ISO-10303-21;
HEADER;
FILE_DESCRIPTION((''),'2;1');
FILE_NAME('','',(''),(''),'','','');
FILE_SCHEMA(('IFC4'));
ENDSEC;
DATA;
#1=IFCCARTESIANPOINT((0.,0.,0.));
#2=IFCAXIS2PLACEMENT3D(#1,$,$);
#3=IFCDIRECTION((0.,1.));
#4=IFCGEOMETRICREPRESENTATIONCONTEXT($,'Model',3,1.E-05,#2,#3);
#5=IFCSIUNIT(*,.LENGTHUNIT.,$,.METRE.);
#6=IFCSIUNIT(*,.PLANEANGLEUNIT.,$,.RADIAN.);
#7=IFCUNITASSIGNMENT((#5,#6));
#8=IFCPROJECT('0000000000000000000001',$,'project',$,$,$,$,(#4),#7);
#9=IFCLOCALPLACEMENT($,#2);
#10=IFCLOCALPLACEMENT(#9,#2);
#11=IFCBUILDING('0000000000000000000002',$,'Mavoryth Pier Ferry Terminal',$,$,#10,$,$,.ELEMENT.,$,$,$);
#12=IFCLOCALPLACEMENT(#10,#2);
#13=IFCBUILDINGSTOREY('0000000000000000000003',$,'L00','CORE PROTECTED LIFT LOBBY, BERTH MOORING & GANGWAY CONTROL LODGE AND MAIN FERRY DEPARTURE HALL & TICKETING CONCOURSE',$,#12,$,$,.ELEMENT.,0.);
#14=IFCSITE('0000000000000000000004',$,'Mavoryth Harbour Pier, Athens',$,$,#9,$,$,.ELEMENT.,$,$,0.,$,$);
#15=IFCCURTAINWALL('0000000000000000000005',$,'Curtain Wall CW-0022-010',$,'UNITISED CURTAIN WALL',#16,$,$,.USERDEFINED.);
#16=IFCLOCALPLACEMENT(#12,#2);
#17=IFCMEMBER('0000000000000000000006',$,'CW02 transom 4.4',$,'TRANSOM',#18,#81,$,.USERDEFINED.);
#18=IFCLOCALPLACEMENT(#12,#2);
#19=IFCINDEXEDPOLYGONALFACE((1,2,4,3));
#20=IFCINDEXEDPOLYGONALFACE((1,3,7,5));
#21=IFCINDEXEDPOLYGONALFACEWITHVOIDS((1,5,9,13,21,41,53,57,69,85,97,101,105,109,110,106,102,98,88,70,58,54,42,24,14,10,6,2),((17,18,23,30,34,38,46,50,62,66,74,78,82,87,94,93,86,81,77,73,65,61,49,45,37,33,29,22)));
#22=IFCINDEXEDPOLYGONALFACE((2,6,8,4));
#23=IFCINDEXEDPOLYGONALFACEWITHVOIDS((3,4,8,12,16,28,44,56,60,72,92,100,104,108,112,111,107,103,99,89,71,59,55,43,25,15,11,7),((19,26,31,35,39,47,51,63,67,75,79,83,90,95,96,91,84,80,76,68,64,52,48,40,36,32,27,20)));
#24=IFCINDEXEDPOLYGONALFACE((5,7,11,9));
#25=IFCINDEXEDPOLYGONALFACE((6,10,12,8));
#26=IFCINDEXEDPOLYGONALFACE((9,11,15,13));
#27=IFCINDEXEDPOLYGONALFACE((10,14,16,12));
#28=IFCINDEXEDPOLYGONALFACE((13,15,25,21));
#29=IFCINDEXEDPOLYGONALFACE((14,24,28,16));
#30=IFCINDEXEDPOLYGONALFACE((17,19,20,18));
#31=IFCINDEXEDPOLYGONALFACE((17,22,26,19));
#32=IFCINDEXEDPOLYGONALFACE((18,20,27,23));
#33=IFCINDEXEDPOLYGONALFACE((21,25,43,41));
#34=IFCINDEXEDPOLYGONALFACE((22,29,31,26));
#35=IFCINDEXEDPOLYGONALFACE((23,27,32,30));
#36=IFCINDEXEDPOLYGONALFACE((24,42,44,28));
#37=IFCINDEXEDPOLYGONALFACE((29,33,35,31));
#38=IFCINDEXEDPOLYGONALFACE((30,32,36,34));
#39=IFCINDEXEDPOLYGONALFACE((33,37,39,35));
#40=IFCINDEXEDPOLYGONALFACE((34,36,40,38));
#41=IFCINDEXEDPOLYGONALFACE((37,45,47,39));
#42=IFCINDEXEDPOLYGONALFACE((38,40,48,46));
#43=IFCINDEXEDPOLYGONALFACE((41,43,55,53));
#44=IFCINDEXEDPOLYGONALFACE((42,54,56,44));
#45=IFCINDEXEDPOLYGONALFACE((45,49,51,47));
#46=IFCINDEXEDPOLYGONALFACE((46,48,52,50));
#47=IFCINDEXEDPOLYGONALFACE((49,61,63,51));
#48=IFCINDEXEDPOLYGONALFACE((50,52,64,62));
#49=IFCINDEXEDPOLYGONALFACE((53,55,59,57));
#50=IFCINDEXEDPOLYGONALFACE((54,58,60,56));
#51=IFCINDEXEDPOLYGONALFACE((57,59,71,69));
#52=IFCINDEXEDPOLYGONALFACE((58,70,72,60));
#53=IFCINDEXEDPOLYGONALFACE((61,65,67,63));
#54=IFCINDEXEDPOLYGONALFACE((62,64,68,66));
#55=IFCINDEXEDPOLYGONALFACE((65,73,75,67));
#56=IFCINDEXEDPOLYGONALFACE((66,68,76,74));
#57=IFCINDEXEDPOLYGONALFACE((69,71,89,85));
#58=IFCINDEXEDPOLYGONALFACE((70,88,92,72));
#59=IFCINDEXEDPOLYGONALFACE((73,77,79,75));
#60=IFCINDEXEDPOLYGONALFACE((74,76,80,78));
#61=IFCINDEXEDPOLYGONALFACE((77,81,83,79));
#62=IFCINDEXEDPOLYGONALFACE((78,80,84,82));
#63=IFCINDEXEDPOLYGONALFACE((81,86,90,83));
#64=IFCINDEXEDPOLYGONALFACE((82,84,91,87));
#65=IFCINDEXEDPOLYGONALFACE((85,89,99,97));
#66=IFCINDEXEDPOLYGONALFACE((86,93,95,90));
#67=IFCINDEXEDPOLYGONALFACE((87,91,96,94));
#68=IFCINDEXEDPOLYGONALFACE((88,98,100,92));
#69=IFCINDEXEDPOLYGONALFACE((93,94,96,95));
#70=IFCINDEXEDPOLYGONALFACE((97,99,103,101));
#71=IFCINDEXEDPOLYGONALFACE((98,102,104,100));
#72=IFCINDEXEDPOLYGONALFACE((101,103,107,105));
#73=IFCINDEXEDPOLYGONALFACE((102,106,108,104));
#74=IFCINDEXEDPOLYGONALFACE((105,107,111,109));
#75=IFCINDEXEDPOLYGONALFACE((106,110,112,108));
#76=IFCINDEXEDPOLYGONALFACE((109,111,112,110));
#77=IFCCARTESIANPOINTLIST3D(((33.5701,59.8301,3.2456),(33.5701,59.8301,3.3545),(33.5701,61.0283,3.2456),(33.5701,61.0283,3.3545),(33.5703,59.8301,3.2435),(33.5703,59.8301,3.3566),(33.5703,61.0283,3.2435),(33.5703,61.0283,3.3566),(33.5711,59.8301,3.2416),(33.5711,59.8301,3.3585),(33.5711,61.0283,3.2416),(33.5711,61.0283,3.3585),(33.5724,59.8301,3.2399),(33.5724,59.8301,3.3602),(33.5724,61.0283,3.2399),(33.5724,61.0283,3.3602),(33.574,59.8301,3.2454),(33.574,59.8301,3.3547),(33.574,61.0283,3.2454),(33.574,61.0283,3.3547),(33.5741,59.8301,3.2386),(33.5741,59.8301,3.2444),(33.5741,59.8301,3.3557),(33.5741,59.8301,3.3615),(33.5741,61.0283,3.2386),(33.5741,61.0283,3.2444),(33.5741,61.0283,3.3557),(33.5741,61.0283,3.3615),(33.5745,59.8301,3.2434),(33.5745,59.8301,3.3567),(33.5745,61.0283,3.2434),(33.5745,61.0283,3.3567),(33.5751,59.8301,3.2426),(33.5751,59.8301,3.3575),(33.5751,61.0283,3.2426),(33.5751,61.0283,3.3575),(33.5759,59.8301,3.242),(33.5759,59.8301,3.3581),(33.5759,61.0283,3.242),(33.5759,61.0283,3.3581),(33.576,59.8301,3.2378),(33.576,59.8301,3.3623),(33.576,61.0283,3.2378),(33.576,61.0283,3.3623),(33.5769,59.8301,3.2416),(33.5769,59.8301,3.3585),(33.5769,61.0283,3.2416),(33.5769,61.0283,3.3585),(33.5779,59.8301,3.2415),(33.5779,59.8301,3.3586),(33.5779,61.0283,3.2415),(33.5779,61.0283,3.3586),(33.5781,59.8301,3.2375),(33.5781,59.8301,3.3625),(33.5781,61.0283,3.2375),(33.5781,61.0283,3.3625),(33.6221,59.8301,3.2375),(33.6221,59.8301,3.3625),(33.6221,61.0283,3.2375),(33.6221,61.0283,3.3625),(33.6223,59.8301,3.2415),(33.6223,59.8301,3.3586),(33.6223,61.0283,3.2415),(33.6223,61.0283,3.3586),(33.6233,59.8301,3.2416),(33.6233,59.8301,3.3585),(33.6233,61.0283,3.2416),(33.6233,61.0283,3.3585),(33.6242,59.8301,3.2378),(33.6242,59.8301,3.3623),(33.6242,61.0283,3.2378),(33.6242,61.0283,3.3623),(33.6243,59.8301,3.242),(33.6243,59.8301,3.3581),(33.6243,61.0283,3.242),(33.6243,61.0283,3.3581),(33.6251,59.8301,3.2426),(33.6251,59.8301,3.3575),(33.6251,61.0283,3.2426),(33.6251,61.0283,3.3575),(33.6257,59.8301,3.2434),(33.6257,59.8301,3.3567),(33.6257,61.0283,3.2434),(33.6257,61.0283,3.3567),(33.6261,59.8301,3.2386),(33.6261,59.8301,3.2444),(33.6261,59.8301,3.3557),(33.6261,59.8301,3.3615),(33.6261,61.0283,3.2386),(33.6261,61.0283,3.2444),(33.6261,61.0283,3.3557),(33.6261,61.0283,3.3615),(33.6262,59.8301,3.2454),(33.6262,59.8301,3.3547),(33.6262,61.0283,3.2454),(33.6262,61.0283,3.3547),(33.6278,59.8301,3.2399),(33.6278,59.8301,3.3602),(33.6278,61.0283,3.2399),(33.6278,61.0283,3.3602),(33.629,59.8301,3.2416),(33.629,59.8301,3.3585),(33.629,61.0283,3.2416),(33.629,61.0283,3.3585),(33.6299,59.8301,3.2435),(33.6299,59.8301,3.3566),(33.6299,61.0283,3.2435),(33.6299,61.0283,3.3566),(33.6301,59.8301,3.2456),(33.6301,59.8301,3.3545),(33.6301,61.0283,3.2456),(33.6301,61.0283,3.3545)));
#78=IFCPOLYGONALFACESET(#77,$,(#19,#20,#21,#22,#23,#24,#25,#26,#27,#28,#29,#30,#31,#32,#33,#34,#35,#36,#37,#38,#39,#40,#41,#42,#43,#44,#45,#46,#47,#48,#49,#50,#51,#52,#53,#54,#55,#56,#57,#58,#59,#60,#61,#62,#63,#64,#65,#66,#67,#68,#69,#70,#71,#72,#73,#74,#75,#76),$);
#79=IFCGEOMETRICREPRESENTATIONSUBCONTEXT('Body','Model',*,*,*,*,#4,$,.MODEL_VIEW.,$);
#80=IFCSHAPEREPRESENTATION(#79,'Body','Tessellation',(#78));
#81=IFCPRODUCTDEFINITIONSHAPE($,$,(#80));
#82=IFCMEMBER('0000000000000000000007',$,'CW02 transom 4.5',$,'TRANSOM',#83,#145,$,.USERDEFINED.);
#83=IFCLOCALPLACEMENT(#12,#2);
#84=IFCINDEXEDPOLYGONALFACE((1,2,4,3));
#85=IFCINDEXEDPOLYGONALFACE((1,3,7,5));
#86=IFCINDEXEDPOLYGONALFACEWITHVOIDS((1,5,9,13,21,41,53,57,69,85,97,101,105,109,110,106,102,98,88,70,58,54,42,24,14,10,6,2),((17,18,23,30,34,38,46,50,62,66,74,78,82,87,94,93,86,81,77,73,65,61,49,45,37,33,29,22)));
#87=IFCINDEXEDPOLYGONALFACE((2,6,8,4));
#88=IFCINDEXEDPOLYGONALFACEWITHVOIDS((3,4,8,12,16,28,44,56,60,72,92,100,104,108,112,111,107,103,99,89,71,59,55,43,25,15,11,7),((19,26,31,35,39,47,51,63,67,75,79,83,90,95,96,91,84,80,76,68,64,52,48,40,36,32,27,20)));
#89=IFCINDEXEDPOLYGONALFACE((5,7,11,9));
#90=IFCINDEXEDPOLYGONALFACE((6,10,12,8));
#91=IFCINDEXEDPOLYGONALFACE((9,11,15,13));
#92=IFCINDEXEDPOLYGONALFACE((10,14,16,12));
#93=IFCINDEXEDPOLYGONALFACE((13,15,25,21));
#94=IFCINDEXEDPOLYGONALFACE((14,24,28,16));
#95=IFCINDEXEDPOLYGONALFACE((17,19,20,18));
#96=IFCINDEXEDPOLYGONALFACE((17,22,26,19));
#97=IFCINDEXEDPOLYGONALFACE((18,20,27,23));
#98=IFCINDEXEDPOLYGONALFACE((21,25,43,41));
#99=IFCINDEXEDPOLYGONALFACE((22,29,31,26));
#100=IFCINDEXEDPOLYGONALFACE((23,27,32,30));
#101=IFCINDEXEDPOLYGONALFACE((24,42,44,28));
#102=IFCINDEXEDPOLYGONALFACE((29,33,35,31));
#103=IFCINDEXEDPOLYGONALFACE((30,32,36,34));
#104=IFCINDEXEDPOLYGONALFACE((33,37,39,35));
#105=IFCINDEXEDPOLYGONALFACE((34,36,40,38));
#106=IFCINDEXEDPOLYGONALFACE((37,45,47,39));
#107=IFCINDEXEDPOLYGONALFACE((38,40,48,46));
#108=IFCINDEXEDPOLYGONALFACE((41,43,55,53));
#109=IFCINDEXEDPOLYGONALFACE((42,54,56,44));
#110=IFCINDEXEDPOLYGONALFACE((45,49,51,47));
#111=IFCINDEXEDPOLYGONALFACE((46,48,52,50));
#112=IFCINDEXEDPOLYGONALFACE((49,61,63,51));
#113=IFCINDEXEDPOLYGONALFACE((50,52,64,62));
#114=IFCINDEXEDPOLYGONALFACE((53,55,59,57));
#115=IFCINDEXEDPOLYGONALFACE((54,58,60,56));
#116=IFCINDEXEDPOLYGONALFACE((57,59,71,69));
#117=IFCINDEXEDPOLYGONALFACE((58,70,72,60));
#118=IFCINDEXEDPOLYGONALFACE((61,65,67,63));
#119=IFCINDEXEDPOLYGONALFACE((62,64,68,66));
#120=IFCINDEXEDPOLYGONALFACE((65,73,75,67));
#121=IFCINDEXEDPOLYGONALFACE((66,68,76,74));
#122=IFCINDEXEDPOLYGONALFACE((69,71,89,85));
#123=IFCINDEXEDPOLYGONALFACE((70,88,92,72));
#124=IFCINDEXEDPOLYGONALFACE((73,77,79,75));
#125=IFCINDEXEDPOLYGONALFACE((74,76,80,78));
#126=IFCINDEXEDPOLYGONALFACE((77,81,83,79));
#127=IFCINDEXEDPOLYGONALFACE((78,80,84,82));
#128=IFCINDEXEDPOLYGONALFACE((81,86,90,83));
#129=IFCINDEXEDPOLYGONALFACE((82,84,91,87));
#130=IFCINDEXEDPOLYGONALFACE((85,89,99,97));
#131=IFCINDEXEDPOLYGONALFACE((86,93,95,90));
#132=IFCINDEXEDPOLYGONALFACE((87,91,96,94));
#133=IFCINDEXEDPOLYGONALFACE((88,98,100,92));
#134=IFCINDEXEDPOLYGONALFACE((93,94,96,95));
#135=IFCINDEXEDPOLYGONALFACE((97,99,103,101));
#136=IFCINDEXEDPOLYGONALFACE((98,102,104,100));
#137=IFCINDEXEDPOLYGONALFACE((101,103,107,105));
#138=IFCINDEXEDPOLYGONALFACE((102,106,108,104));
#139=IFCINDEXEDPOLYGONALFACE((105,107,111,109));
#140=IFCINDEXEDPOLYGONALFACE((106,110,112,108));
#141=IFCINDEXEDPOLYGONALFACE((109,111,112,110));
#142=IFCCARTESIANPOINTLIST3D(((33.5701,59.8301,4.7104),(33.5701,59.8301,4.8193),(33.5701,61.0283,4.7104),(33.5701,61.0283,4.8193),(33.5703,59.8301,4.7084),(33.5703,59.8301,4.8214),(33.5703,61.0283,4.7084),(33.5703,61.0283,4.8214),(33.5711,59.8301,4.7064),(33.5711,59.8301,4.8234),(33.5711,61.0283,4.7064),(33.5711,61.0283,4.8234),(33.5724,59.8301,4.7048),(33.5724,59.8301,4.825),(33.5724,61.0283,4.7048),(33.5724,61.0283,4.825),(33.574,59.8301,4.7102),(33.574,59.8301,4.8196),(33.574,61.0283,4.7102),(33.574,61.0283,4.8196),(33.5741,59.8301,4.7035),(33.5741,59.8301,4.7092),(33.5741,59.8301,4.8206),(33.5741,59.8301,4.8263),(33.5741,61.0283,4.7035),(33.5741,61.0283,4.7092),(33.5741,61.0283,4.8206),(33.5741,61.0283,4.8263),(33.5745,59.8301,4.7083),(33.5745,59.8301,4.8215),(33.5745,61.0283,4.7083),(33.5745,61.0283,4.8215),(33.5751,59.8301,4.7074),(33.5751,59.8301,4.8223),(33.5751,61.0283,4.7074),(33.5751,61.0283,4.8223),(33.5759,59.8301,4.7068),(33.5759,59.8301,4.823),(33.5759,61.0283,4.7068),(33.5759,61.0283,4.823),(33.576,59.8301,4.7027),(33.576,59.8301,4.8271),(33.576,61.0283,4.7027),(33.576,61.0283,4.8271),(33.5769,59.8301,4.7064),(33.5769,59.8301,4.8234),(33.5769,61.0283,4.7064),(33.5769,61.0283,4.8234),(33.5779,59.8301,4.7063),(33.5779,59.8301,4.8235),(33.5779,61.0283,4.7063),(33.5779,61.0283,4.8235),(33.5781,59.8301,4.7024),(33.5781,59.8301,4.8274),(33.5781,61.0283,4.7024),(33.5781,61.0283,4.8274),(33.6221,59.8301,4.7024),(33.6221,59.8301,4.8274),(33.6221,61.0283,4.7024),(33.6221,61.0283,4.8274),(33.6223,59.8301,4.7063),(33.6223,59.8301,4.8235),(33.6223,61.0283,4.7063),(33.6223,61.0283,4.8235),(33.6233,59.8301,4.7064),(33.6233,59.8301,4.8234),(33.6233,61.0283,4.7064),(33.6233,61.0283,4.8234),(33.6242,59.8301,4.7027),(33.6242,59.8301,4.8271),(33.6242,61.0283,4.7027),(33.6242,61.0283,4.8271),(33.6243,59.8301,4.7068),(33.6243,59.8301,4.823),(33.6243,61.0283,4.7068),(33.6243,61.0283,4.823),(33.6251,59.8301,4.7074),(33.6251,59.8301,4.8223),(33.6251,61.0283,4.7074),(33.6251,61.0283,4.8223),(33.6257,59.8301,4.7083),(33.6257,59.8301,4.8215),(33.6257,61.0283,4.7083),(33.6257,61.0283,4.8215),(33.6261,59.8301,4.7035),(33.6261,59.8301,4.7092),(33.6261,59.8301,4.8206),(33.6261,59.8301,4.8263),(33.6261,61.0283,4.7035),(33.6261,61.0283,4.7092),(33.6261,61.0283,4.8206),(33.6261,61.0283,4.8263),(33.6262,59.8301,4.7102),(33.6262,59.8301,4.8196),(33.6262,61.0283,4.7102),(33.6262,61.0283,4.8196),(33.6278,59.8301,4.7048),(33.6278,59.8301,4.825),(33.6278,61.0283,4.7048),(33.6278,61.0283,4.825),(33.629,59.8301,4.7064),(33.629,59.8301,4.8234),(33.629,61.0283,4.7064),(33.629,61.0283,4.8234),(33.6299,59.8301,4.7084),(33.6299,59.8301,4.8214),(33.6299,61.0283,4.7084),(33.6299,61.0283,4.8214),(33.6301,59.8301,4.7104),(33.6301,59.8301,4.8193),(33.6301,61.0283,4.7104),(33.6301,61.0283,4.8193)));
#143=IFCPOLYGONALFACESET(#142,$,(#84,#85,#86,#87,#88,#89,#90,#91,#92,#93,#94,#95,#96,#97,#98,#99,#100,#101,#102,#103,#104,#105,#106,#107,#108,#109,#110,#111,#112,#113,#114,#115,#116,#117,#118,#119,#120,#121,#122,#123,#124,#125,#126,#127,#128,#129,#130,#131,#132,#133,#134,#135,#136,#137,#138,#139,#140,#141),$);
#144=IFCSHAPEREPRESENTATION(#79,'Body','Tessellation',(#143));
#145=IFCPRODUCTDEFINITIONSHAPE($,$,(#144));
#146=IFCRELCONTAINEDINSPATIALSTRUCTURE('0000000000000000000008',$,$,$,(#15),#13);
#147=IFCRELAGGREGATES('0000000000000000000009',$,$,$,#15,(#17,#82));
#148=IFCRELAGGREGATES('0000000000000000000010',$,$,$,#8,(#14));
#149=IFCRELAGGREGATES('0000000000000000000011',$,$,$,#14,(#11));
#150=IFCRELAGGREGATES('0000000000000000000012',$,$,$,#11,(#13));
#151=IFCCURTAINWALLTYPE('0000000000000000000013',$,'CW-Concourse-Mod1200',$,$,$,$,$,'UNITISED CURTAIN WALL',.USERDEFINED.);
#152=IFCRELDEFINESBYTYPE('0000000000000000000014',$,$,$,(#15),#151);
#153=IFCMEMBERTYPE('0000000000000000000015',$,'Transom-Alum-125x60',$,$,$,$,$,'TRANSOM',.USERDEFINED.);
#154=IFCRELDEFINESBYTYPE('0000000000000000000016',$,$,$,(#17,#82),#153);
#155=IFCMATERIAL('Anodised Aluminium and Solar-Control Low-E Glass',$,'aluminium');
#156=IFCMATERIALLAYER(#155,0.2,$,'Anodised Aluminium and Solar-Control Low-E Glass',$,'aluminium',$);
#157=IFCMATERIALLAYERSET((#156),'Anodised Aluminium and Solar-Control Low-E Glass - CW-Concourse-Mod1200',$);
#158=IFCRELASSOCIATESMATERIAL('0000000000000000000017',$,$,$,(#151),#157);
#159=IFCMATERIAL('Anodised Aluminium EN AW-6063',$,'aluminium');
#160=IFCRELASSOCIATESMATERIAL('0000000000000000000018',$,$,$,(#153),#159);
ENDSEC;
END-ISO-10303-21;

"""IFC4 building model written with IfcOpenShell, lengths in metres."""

from ifc_helpers import new_model, si_unit, direction, frame, origin, origin_2d, place, context, subcontext, project, spatial, hollow_rectangle, extrude, material, layer, layer_set, material_profile, profile_set, type_object, element, aggregate, save


model = new_model("IFC4")

# Units and contexts
model_context = context("Model", 3, precision=1e-05, world=origin(), true_north=direction((0.0, 1.0)))
body_context = subcontext(model_context, "Body", "Model", "MODEL_VIEW")
ifc_project = project(units=[si_unit("LENGTHUNIT", "METRE"), si_unit("PLANEANGLEUNIT", "RADIAN")], contexts=[model_context])

# Site, building, storey
site_placement = place(None, origin())
site = spatial("IfcSite", under=ifc_project, at=site_placement, Name="Mavoryth Harbour Pier, Athens", CompositionType="ELEMENT", RefElevation=0.0)
building_placement = place(site_placement, origin())
building = spatial("IfcBuilding", under=site, at=building_placement, Name="Mavoryth Pier Ferry Terminal", CompositionType="ELEMENT")
storey_placement = place(building_placement, origin())
storey = spatial("IfcBuildingStorey", under=building, at=storey_placement, Name="L00", Description="CORE PROTECTED LIFT LOBBY, BERTH MOORING & GANGWAY CONTROL LODGE AND MAIN FERRY DEPARTURE HALL & TICKETING CONCOURSE", CompositionType="ELEMENT", Elevation=0.0)

# Curtain wall, members
ifc_material_1 = material(Name="Anodised Aluminium and Solar-Control Low-E Glass", Category="aluminium")
ifc_layer_1 = layer(ifc_material_1, 0.2, Name="Anodised Aluminium and Solar-Control Low-E Glass", Category="aluminium")
ifc_layer_set_1 = layer_set([ifc_layer_1], Name="Anodised Aluminium and Solar-Control Low-E Glass - CW-Concourse-Mod1200")
curtain_wall_type = type_object("IfcCurtainWallType", Name="CW-Concourse-Mod1200", ElementType="UNITISED CURTAIN WALL", PredefinedType="USERDEFINED", material=ifc_layer_set_1)
curtain_wall_placement = place(storey_placement, origin())
curtain_wall = element("IfcCurtainWall", 1, at=curtain_wall_placement, inside=storey, type_object=curtain_wall_type, Name="Curtain Wall CW-0022-010", ObjectType="UNITISED CURTAIN WALL", PredefinedType="USERDEFINED")
ifc_material_2 = material(Name="Anodised Aluminium EN AW-6063", Category="aluminium")
ifc_material_profile_1 = material_profile(ifc_material_2, hollow_rectangle(XDim=0.0601, YDim=0.125, WallThickness=0.0039, InnerFilletRadius=0.0039, OuterFilletRadius=0.0081, at=origin_2d()), Name="AL-TRAN 125x60x4", Category="aluminium")
ifc_profile_set_1 = profile_set([ifc_material_profile_1], Name="Anodised Aluminium EN AW-6063 - AL-TRAN 125x60x4")
member_type_1 = type_object("IfcMemberType", Name="Transom-Alum-125x60", ElementType="TRANSOM", PredefinedType="USERDEFINED", material=ifc_profile_set_1)
member_1_placement = place(storey_placement, frame((33.6001, 59.8301, 3.3), z_axis=(0.0, 1.0, 0.0), x_axis=(-1.0, 0.0, 0.0)))
member_1 = element("IfcMember", 2, at=member_1_placement, type_object=member_type_1, Name="CW02 transom 4.4", ObjectType="TRANSOM", PredefinedType="USERDEFINED", context=body_context, shape_type="SweptSolid", body=[
    extrude(hollow_rectangle(XDim=0.0601, YDim=0.125, WallThickness=0.0039, InnerFilletRadius=0.0039, OuterFilletRadius=0.0081, at=origin_2d()), origin(), (0.0, 0.0, 1.0), 1.1982),
])
member_2_placement = place(storey_placement, frame((33.6001, 59.8301, 4.7649), z_axis=(0.0, 1.0, 0.0), x_axis=(-1.0, 0.0, 0.0)))
member_2 = element("IfcMember", 3, at=member_2_placement, type_object=member_type_1, Name="CW02 transom 4.5", ObjectType="TRANSOM", PredefinedType="USERDEFINED", context=body_context, shape_type="SweptSolid", body=[
    extrude(hollow_rectangle(XDim=0.0601, YDim=0.125, WallThickness=0.0039, InnerFilletRadius=0.0039, OuterFilletRadius=0.0081, at=origin_2d()), origin(), (0.0, 0.0, 1.0), 1.1982),
])
aggregate(curtain_wall, [member_1, member_2])

save(model, "model.ifc")
